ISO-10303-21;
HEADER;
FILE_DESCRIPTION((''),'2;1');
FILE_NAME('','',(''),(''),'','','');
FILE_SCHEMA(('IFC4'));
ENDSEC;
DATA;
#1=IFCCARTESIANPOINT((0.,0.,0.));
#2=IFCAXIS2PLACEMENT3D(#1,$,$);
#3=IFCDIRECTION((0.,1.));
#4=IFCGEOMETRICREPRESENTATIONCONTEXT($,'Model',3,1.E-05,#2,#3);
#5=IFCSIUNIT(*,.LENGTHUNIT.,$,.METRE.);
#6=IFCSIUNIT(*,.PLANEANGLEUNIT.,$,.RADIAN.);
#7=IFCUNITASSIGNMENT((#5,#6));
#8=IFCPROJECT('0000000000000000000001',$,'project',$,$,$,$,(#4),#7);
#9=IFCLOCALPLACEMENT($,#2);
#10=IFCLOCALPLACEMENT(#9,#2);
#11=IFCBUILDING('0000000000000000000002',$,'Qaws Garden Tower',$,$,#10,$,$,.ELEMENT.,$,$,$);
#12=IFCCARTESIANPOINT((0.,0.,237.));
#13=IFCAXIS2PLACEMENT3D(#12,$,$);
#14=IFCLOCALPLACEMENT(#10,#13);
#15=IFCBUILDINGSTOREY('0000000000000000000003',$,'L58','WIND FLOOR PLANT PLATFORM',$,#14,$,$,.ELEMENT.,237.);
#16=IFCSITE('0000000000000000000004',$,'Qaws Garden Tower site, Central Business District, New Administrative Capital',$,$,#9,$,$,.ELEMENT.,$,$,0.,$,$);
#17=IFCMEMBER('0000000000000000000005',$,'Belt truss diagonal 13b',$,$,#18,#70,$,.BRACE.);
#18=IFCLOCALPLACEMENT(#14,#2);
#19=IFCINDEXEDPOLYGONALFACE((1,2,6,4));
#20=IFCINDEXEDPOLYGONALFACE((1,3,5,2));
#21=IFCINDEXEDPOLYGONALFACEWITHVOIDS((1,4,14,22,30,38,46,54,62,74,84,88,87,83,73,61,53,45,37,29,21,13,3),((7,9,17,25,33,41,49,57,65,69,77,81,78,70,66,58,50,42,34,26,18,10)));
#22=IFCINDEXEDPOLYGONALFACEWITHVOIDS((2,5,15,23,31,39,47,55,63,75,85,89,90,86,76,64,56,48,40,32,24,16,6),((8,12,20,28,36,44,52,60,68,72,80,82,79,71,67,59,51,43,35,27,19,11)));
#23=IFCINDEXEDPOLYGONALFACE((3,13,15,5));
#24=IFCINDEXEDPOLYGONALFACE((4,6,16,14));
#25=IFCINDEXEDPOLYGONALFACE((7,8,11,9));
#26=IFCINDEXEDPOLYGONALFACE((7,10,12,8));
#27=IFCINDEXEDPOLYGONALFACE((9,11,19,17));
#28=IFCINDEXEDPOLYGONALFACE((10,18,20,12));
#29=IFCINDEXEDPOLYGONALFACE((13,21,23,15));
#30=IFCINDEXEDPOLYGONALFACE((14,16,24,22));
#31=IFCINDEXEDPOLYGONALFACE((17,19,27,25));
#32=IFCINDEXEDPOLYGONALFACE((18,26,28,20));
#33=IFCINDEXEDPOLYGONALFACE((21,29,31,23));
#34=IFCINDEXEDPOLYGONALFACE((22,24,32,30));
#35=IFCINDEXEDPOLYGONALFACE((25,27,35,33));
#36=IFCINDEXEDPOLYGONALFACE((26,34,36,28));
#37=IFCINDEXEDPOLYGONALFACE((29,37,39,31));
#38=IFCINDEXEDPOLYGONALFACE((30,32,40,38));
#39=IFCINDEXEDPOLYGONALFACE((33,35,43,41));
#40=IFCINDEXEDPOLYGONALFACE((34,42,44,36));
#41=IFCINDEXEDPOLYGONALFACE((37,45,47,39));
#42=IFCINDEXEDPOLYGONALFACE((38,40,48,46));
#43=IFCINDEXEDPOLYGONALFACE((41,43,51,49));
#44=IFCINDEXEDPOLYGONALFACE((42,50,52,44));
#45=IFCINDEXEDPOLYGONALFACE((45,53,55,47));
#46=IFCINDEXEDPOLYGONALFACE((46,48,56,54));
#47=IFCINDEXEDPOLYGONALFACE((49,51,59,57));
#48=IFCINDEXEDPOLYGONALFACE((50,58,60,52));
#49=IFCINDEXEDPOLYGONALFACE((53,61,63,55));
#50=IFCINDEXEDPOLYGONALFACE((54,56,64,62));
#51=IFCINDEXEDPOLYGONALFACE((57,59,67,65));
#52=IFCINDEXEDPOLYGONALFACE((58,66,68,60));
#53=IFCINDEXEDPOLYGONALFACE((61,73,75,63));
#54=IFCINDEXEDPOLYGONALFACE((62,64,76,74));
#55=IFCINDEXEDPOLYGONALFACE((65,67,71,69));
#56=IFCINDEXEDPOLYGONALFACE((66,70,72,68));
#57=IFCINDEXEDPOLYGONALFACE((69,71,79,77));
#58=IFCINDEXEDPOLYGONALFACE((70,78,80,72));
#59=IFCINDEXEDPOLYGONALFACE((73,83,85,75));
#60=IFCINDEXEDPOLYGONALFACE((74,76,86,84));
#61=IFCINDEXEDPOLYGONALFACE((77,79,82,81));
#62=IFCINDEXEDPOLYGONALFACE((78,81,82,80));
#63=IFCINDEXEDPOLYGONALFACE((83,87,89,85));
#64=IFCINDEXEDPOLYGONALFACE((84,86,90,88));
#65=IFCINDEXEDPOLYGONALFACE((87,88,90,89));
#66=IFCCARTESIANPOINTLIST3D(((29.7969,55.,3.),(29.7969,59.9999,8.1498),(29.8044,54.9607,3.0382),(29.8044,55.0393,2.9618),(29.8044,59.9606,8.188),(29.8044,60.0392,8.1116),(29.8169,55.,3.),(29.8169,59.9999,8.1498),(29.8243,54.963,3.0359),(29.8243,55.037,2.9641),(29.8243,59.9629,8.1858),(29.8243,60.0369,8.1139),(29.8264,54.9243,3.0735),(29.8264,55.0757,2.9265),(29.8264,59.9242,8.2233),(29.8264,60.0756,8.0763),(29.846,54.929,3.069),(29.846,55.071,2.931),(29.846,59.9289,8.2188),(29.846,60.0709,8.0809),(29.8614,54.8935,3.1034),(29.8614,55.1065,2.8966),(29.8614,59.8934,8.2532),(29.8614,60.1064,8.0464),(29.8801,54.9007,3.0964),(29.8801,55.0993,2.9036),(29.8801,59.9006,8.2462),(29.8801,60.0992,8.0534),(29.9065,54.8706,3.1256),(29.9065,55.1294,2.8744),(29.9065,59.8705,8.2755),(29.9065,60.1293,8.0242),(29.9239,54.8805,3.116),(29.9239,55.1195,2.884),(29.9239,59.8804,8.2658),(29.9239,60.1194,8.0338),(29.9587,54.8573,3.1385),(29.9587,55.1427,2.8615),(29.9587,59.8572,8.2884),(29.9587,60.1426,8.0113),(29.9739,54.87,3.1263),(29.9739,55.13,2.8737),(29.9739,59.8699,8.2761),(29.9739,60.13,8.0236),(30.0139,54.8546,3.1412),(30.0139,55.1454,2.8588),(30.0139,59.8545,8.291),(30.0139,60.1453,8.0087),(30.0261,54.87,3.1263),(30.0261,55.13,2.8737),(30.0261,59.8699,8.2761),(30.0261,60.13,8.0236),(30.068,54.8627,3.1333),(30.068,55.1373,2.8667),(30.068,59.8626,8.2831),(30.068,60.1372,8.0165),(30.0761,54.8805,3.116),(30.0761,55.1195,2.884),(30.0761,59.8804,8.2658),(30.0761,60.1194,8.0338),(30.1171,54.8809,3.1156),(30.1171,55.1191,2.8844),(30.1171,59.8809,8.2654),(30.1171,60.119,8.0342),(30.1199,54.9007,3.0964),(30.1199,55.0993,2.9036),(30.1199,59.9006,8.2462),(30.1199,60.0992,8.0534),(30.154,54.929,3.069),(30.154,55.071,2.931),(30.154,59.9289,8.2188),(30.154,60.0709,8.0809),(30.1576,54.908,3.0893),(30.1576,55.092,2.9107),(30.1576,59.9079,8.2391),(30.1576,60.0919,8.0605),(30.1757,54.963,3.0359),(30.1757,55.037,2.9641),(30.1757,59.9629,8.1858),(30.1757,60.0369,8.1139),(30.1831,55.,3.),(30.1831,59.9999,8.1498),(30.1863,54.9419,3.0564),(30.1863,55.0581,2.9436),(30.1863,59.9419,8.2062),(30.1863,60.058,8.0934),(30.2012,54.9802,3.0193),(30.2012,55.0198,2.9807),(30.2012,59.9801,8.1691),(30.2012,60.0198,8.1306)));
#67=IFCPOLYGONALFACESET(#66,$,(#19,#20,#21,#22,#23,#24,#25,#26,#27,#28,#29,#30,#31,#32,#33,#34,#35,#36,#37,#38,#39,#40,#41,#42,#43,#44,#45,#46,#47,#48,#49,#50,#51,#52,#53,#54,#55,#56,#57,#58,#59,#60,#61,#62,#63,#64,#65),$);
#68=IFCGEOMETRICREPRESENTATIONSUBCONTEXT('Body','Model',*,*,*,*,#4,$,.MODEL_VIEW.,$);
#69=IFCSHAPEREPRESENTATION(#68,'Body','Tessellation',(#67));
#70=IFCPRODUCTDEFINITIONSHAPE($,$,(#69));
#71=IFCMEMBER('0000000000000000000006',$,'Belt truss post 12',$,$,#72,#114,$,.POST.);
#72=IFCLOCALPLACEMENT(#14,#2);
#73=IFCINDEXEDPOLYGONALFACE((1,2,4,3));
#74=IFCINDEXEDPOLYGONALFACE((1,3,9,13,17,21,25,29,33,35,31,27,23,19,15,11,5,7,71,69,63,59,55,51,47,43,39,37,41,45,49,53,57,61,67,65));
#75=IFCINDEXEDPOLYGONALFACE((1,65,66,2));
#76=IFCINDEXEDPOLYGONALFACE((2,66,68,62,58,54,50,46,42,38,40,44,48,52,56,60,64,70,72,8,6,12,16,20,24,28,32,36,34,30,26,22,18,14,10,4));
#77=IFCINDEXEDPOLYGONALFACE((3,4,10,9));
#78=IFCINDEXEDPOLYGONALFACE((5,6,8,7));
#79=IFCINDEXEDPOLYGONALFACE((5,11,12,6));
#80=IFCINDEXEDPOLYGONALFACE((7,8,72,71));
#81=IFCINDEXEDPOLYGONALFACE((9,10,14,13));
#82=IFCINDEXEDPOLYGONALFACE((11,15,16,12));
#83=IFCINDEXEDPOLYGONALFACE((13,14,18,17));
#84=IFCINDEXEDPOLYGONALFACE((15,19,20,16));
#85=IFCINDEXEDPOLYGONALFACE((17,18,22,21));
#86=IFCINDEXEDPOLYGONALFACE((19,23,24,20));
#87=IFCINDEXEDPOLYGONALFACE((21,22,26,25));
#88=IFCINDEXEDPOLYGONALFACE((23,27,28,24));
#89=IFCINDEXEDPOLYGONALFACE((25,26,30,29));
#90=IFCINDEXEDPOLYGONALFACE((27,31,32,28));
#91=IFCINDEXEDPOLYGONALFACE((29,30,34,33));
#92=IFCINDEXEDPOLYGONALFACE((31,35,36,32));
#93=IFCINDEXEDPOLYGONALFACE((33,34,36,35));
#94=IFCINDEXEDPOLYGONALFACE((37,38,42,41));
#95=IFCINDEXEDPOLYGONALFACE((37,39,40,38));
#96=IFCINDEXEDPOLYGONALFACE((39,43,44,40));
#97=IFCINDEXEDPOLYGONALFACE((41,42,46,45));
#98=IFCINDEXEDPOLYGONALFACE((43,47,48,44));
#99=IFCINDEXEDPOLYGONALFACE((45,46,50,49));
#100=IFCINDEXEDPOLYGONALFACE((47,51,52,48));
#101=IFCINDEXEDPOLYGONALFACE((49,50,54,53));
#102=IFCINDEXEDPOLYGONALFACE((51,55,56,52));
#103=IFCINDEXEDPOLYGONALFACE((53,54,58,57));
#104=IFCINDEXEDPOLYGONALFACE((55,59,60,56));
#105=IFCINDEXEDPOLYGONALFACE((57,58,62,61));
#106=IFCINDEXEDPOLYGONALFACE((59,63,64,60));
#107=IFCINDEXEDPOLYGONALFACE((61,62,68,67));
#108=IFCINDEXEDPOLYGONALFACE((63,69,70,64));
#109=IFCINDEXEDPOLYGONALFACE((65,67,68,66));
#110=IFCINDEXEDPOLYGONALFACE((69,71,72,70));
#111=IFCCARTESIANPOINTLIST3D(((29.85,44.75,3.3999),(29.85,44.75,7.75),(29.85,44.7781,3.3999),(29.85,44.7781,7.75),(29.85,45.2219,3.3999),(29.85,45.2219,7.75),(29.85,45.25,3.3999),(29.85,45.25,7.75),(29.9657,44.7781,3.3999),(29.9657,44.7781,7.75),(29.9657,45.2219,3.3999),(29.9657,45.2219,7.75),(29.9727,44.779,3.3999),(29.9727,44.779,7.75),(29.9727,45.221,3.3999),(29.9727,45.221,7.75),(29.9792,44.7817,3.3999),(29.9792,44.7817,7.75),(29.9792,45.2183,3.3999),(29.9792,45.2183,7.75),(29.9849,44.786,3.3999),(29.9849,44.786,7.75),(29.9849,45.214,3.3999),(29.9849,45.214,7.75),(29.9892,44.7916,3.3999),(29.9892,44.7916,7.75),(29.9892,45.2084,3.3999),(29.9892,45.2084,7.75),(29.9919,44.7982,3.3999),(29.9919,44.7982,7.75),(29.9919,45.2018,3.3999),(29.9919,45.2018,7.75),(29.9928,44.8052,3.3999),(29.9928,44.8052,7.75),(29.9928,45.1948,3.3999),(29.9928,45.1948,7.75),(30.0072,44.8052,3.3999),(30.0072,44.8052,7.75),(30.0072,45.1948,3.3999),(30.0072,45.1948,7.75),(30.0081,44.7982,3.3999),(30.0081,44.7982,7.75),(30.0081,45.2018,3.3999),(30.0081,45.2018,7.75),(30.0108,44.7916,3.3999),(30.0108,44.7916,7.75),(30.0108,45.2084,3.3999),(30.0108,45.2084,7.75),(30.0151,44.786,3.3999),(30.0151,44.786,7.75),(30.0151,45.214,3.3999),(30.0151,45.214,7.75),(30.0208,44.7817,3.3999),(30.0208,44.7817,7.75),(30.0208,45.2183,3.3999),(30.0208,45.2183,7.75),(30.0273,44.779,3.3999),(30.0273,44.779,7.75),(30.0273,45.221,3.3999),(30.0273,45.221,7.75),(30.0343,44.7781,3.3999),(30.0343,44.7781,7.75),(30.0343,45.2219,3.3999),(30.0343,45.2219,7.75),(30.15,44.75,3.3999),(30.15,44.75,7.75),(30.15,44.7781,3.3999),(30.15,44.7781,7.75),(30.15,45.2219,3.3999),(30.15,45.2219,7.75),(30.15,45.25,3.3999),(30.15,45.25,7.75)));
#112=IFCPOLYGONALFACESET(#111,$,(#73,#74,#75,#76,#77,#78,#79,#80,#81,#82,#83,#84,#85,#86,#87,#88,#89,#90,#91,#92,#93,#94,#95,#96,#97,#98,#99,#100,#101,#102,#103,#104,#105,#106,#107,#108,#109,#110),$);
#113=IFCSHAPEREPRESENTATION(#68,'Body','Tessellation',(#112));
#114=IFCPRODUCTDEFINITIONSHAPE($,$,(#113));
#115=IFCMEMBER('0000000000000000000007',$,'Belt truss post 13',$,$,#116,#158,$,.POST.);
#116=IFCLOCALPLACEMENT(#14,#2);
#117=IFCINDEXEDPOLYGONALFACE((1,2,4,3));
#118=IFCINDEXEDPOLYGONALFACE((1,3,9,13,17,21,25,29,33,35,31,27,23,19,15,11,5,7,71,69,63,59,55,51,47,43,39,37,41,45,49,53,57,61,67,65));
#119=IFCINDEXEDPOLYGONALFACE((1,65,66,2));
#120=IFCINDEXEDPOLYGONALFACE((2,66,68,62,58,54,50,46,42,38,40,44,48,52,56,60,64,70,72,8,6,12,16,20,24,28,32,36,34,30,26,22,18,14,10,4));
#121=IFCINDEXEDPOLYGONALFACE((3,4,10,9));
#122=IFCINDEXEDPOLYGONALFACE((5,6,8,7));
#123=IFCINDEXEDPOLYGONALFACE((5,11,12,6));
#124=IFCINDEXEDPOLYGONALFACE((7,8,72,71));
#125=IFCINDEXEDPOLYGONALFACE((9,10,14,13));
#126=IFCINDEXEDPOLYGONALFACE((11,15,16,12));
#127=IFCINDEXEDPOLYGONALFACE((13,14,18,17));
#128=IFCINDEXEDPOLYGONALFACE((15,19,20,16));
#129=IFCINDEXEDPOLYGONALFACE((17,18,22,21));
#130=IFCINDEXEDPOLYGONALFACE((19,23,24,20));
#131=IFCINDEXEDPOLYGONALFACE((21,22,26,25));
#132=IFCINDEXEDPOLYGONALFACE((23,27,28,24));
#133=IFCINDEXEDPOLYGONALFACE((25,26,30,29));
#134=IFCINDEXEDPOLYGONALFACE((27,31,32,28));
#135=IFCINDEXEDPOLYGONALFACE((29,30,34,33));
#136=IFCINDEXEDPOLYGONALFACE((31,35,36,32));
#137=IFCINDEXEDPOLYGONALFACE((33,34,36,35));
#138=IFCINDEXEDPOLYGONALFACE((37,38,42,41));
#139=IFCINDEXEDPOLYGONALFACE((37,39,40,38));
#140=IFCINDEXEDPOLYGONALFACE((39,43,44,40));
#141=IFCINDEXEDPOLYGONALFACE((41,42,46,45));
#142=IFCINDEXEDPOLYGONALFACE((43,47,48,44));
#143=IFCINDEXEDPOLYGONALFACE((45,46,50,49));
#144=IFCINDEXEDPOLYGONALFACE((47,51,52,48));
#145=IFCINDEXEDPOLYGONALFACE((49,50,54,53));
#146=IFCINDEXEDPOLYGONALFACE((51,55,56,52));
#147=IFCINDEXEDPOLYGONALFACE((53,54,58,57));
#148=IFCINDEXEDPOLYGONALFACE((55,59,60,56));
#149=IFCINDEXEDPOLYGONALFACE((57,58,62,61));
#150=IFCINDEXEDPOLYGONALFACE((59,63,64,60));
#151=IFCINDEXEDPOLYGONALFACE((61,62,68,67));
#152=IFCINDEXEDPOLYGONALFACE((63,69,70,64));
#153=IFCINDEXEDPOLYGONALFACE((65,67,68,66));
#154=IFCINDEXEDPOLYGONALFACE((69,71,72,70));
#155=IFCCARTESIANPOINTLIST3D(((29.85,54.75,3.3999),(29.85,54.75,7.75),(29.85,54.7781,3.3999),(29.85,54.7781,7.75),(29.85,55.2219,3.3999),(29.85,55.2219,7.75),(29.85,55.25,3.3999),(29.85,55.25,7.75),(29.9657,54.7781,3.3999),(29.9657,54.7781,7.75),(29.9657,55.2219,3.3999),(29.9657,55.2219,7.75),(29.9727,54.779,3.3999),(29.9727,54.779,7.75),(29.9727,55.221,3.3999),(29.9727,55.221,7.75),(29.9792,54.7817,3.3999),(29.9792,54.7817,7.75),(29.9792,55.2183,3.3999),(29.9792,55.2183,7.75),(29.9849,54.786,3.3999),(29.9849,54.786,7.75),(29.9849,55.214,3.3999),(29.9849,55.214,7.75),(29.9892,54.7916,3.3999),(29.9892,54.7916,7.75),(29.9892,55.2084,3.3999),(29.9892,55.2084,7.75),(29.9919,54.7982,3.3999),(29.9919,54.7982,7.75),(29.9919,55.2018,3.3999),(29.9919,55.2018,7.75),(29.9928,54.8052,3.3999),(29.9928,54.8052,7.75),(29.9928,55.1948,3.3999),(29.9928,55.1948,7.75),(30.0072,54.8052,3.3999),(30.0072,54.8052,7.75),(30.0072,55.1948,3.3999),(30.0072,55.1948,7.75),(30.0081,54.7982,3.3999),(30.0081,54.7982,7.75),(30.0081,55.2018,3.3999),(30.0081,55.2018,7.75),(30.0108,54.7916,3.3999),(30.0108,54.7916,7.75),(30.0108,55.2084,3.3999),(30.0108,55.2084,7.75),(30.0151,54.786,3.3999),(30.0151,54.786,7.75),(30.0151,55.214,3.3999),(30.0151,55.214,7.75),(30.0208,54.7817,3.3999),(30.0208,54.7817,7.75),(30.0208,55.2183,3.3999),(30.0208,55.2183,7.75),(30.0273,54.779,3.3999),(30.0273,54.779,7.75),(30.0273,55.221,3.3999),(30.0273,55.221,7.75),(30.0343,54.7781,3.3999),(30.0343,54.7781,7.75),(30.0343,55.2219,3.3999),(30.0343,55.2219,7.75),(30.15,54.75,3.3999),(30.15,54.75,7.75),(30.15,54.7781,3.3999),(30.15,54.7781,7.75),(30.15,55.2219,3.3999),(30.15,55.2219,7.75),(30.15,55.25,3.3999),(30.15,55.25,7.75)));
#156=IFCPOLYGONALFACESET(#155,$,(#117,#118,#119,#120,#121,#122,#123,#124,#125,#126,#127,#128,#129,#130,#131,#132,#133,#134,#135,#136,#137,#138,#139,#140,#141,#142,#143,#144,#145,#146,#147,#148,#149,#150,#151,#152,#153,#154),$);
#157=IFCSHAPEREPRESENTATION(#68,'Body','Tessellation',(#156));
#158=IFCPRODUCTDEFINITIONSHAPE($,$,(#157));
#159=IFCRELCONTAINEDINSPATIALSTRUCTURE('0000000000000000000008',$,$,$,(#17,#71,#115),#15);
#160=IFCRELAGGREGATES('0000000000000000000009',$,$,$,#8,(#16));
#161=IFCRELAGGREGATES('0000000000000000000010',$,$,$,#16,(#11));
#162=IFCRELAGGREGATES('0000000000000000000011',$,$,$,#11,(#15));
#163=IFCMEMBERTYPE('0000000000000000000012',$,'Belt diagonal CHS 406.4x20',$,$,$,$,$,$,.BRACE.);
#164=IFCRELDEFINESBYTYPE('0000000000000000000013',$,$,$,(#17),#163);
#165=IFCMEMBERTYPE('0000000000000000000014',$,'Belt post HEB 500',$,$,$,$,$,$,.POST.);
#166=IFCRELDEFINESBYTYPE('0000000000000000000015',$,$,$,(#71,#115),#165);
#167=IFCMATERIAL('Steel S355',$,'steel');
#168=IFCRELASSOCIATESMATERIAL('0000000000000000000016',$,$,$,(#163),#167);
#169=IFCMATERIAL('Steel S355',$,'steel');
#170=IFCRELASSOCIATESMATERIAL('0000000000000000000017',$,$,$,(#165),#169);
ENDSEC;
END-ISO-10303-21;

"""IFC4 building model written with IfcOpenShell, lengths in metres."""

from ifc_helpers import new_model, si_unit, direction, frame, origin, origin_2d, place, context, subcontext, project, spatial, hollow_circle, i_section, extrude, material, material_profile, profile_set, type_object, element, save


model = new_model("IFC4")

# Units and contexts
model_context = context("Model", 3, precision=1e-05, world=origin(), true_north=direction((0.0, 1.0)))
body_context = subcontext(model_context, "Body", "Model", "MODEL_VIEW")
ifc_project = project(units=[si_unit("LENGTHUNIT", "METRE"), si_unit("PLANEANGLEUNIT", "RADIAN")], contexts=[model_context])

# Site, building, storey
site_placement = place(None, origin())
site = spatial("IfcSite", under=ifc_project, at=site_placement, Name="Qaws Garden Tower site, Central Business District, New Administrative Capital", CompositionType="ELEMENT", RefElevation=0.0)
building_placement = place(site_placement, origin())
building = spatial("IfcBuilding", under=site, at=building_placement, Name="Qaws Garden Tower", CompositionType="ELEMENT")
storey_placement = place(building_placement, frame((0.0, 0.0, 237.0)))
storey = spatial("IfcBuildingStorey", under=building, at=storey_placement, Name="L58", Description="WIND FLOOR PLANT PLATFORM", CompositionType="ELEMENT", Elevation=237.0)

# Members
ifc_material_1 = material(Name="Steel S355", Category="steel")
ifc_material_profile_1 = material_profile(ifc_material_1, hollow_circle(Radius=0.2031, WallThickness=0.02, at=origin_2d()), Name="CHS 406.4x20")
ifc_profile_set_1 = profile_set([ifc_material_profile_1], Name="Steel S355")
member_type_1 = type_object("IfcMemberType", Name="Belt diagonal CHS 406.4x20", PredefinedType="BRACE", material=ifc_profile_set_1)
for number, where, z_axis, x_axis, name in (
    (1, (30.0, 55.0, 3.0), (0.0, 0.696588, 0.717472), (-1.0, 0.0, 0.0), "Belt truss diagonal 13b"),
):
    element("IfcMember", number, at=place(storey_placement, frame(where, z_axis=z_axis, x_axis=x_axis)), inside=storey, type_object=member_type_1, Name=name, PredefinedType="BRACE", context=body_context, shape_type="SweptSolid", body=[
        extrude(hollow_circle(Radius=0.2031, WallThickness=0.02, at=origin_2d()), origin(), (0.0, 0.0, 1.0), 7.1777),
    ])
ifc_material_2 = material(Name="Steel S355", Category="steel")
ifc_material_profile_2 = material_profile(ifc_material_2, i_section(OverallWidth=0.3, OverallDepth=0.5, WebThickness=0.0144, FlangeThickness=0.0281, FilletRadius=0.0271, at=origin_2d()), Name="HEB 500")
ifc_profile_set_2 = profile_set([ifc_material_profile_2], Name="Steel S355")
member_type_2 = type_object("IfcMemberType", Name="Belt post HEB 500", PredefinedType="POST", material=ifc_profile_set_2)
placement_1 = place(storey_placement, frame((30.0, 45.0, 3.3999), z_axis=(0.0, 0.0, 1.0), x_axis=(1.0, 0.0, 0.0)))
element("IfcMember", 2, at=placement_1, inside=storey, type_object=member_type_2, Name="Belt truss post 12", PredefinedType="POST", context=body_context, shape_type="SweptSolid", body=[
    extrude(i_section(OverallWidth=0.3, OverallDepth=0.5, WebThickness=0.0144, FlangeThickness=0.0281, FilletRadius=0.0271, at=origin_2d()), origin(), (0.0, 0.0, 1.0), 4.3501),
])
placement_2 = place(storey_placement, frame((30.0, 55.0, 3.3999), z_axis=(0.0, 0.0, 1.0), x_axis=(1.0, 0.0, 0.0)))
element("IfcMember", 3, at=placement_2, inside=storey, type_object=member_type_2, Name="Belt truss post 13", PredefinedType="POST", context=body_context, shape_type="SweptSolid", body=[
    extrude(i_section(OverallWidth=0.3, OverallDepth=0.5, WebThickness=0.0144, FlangeThickness=0.0281, FilletRadius=0.0271, at=origin_2d()), origin(), (0.0, 0.0, 1.0), 4.3501),
])

save(model, "model.ifc")
